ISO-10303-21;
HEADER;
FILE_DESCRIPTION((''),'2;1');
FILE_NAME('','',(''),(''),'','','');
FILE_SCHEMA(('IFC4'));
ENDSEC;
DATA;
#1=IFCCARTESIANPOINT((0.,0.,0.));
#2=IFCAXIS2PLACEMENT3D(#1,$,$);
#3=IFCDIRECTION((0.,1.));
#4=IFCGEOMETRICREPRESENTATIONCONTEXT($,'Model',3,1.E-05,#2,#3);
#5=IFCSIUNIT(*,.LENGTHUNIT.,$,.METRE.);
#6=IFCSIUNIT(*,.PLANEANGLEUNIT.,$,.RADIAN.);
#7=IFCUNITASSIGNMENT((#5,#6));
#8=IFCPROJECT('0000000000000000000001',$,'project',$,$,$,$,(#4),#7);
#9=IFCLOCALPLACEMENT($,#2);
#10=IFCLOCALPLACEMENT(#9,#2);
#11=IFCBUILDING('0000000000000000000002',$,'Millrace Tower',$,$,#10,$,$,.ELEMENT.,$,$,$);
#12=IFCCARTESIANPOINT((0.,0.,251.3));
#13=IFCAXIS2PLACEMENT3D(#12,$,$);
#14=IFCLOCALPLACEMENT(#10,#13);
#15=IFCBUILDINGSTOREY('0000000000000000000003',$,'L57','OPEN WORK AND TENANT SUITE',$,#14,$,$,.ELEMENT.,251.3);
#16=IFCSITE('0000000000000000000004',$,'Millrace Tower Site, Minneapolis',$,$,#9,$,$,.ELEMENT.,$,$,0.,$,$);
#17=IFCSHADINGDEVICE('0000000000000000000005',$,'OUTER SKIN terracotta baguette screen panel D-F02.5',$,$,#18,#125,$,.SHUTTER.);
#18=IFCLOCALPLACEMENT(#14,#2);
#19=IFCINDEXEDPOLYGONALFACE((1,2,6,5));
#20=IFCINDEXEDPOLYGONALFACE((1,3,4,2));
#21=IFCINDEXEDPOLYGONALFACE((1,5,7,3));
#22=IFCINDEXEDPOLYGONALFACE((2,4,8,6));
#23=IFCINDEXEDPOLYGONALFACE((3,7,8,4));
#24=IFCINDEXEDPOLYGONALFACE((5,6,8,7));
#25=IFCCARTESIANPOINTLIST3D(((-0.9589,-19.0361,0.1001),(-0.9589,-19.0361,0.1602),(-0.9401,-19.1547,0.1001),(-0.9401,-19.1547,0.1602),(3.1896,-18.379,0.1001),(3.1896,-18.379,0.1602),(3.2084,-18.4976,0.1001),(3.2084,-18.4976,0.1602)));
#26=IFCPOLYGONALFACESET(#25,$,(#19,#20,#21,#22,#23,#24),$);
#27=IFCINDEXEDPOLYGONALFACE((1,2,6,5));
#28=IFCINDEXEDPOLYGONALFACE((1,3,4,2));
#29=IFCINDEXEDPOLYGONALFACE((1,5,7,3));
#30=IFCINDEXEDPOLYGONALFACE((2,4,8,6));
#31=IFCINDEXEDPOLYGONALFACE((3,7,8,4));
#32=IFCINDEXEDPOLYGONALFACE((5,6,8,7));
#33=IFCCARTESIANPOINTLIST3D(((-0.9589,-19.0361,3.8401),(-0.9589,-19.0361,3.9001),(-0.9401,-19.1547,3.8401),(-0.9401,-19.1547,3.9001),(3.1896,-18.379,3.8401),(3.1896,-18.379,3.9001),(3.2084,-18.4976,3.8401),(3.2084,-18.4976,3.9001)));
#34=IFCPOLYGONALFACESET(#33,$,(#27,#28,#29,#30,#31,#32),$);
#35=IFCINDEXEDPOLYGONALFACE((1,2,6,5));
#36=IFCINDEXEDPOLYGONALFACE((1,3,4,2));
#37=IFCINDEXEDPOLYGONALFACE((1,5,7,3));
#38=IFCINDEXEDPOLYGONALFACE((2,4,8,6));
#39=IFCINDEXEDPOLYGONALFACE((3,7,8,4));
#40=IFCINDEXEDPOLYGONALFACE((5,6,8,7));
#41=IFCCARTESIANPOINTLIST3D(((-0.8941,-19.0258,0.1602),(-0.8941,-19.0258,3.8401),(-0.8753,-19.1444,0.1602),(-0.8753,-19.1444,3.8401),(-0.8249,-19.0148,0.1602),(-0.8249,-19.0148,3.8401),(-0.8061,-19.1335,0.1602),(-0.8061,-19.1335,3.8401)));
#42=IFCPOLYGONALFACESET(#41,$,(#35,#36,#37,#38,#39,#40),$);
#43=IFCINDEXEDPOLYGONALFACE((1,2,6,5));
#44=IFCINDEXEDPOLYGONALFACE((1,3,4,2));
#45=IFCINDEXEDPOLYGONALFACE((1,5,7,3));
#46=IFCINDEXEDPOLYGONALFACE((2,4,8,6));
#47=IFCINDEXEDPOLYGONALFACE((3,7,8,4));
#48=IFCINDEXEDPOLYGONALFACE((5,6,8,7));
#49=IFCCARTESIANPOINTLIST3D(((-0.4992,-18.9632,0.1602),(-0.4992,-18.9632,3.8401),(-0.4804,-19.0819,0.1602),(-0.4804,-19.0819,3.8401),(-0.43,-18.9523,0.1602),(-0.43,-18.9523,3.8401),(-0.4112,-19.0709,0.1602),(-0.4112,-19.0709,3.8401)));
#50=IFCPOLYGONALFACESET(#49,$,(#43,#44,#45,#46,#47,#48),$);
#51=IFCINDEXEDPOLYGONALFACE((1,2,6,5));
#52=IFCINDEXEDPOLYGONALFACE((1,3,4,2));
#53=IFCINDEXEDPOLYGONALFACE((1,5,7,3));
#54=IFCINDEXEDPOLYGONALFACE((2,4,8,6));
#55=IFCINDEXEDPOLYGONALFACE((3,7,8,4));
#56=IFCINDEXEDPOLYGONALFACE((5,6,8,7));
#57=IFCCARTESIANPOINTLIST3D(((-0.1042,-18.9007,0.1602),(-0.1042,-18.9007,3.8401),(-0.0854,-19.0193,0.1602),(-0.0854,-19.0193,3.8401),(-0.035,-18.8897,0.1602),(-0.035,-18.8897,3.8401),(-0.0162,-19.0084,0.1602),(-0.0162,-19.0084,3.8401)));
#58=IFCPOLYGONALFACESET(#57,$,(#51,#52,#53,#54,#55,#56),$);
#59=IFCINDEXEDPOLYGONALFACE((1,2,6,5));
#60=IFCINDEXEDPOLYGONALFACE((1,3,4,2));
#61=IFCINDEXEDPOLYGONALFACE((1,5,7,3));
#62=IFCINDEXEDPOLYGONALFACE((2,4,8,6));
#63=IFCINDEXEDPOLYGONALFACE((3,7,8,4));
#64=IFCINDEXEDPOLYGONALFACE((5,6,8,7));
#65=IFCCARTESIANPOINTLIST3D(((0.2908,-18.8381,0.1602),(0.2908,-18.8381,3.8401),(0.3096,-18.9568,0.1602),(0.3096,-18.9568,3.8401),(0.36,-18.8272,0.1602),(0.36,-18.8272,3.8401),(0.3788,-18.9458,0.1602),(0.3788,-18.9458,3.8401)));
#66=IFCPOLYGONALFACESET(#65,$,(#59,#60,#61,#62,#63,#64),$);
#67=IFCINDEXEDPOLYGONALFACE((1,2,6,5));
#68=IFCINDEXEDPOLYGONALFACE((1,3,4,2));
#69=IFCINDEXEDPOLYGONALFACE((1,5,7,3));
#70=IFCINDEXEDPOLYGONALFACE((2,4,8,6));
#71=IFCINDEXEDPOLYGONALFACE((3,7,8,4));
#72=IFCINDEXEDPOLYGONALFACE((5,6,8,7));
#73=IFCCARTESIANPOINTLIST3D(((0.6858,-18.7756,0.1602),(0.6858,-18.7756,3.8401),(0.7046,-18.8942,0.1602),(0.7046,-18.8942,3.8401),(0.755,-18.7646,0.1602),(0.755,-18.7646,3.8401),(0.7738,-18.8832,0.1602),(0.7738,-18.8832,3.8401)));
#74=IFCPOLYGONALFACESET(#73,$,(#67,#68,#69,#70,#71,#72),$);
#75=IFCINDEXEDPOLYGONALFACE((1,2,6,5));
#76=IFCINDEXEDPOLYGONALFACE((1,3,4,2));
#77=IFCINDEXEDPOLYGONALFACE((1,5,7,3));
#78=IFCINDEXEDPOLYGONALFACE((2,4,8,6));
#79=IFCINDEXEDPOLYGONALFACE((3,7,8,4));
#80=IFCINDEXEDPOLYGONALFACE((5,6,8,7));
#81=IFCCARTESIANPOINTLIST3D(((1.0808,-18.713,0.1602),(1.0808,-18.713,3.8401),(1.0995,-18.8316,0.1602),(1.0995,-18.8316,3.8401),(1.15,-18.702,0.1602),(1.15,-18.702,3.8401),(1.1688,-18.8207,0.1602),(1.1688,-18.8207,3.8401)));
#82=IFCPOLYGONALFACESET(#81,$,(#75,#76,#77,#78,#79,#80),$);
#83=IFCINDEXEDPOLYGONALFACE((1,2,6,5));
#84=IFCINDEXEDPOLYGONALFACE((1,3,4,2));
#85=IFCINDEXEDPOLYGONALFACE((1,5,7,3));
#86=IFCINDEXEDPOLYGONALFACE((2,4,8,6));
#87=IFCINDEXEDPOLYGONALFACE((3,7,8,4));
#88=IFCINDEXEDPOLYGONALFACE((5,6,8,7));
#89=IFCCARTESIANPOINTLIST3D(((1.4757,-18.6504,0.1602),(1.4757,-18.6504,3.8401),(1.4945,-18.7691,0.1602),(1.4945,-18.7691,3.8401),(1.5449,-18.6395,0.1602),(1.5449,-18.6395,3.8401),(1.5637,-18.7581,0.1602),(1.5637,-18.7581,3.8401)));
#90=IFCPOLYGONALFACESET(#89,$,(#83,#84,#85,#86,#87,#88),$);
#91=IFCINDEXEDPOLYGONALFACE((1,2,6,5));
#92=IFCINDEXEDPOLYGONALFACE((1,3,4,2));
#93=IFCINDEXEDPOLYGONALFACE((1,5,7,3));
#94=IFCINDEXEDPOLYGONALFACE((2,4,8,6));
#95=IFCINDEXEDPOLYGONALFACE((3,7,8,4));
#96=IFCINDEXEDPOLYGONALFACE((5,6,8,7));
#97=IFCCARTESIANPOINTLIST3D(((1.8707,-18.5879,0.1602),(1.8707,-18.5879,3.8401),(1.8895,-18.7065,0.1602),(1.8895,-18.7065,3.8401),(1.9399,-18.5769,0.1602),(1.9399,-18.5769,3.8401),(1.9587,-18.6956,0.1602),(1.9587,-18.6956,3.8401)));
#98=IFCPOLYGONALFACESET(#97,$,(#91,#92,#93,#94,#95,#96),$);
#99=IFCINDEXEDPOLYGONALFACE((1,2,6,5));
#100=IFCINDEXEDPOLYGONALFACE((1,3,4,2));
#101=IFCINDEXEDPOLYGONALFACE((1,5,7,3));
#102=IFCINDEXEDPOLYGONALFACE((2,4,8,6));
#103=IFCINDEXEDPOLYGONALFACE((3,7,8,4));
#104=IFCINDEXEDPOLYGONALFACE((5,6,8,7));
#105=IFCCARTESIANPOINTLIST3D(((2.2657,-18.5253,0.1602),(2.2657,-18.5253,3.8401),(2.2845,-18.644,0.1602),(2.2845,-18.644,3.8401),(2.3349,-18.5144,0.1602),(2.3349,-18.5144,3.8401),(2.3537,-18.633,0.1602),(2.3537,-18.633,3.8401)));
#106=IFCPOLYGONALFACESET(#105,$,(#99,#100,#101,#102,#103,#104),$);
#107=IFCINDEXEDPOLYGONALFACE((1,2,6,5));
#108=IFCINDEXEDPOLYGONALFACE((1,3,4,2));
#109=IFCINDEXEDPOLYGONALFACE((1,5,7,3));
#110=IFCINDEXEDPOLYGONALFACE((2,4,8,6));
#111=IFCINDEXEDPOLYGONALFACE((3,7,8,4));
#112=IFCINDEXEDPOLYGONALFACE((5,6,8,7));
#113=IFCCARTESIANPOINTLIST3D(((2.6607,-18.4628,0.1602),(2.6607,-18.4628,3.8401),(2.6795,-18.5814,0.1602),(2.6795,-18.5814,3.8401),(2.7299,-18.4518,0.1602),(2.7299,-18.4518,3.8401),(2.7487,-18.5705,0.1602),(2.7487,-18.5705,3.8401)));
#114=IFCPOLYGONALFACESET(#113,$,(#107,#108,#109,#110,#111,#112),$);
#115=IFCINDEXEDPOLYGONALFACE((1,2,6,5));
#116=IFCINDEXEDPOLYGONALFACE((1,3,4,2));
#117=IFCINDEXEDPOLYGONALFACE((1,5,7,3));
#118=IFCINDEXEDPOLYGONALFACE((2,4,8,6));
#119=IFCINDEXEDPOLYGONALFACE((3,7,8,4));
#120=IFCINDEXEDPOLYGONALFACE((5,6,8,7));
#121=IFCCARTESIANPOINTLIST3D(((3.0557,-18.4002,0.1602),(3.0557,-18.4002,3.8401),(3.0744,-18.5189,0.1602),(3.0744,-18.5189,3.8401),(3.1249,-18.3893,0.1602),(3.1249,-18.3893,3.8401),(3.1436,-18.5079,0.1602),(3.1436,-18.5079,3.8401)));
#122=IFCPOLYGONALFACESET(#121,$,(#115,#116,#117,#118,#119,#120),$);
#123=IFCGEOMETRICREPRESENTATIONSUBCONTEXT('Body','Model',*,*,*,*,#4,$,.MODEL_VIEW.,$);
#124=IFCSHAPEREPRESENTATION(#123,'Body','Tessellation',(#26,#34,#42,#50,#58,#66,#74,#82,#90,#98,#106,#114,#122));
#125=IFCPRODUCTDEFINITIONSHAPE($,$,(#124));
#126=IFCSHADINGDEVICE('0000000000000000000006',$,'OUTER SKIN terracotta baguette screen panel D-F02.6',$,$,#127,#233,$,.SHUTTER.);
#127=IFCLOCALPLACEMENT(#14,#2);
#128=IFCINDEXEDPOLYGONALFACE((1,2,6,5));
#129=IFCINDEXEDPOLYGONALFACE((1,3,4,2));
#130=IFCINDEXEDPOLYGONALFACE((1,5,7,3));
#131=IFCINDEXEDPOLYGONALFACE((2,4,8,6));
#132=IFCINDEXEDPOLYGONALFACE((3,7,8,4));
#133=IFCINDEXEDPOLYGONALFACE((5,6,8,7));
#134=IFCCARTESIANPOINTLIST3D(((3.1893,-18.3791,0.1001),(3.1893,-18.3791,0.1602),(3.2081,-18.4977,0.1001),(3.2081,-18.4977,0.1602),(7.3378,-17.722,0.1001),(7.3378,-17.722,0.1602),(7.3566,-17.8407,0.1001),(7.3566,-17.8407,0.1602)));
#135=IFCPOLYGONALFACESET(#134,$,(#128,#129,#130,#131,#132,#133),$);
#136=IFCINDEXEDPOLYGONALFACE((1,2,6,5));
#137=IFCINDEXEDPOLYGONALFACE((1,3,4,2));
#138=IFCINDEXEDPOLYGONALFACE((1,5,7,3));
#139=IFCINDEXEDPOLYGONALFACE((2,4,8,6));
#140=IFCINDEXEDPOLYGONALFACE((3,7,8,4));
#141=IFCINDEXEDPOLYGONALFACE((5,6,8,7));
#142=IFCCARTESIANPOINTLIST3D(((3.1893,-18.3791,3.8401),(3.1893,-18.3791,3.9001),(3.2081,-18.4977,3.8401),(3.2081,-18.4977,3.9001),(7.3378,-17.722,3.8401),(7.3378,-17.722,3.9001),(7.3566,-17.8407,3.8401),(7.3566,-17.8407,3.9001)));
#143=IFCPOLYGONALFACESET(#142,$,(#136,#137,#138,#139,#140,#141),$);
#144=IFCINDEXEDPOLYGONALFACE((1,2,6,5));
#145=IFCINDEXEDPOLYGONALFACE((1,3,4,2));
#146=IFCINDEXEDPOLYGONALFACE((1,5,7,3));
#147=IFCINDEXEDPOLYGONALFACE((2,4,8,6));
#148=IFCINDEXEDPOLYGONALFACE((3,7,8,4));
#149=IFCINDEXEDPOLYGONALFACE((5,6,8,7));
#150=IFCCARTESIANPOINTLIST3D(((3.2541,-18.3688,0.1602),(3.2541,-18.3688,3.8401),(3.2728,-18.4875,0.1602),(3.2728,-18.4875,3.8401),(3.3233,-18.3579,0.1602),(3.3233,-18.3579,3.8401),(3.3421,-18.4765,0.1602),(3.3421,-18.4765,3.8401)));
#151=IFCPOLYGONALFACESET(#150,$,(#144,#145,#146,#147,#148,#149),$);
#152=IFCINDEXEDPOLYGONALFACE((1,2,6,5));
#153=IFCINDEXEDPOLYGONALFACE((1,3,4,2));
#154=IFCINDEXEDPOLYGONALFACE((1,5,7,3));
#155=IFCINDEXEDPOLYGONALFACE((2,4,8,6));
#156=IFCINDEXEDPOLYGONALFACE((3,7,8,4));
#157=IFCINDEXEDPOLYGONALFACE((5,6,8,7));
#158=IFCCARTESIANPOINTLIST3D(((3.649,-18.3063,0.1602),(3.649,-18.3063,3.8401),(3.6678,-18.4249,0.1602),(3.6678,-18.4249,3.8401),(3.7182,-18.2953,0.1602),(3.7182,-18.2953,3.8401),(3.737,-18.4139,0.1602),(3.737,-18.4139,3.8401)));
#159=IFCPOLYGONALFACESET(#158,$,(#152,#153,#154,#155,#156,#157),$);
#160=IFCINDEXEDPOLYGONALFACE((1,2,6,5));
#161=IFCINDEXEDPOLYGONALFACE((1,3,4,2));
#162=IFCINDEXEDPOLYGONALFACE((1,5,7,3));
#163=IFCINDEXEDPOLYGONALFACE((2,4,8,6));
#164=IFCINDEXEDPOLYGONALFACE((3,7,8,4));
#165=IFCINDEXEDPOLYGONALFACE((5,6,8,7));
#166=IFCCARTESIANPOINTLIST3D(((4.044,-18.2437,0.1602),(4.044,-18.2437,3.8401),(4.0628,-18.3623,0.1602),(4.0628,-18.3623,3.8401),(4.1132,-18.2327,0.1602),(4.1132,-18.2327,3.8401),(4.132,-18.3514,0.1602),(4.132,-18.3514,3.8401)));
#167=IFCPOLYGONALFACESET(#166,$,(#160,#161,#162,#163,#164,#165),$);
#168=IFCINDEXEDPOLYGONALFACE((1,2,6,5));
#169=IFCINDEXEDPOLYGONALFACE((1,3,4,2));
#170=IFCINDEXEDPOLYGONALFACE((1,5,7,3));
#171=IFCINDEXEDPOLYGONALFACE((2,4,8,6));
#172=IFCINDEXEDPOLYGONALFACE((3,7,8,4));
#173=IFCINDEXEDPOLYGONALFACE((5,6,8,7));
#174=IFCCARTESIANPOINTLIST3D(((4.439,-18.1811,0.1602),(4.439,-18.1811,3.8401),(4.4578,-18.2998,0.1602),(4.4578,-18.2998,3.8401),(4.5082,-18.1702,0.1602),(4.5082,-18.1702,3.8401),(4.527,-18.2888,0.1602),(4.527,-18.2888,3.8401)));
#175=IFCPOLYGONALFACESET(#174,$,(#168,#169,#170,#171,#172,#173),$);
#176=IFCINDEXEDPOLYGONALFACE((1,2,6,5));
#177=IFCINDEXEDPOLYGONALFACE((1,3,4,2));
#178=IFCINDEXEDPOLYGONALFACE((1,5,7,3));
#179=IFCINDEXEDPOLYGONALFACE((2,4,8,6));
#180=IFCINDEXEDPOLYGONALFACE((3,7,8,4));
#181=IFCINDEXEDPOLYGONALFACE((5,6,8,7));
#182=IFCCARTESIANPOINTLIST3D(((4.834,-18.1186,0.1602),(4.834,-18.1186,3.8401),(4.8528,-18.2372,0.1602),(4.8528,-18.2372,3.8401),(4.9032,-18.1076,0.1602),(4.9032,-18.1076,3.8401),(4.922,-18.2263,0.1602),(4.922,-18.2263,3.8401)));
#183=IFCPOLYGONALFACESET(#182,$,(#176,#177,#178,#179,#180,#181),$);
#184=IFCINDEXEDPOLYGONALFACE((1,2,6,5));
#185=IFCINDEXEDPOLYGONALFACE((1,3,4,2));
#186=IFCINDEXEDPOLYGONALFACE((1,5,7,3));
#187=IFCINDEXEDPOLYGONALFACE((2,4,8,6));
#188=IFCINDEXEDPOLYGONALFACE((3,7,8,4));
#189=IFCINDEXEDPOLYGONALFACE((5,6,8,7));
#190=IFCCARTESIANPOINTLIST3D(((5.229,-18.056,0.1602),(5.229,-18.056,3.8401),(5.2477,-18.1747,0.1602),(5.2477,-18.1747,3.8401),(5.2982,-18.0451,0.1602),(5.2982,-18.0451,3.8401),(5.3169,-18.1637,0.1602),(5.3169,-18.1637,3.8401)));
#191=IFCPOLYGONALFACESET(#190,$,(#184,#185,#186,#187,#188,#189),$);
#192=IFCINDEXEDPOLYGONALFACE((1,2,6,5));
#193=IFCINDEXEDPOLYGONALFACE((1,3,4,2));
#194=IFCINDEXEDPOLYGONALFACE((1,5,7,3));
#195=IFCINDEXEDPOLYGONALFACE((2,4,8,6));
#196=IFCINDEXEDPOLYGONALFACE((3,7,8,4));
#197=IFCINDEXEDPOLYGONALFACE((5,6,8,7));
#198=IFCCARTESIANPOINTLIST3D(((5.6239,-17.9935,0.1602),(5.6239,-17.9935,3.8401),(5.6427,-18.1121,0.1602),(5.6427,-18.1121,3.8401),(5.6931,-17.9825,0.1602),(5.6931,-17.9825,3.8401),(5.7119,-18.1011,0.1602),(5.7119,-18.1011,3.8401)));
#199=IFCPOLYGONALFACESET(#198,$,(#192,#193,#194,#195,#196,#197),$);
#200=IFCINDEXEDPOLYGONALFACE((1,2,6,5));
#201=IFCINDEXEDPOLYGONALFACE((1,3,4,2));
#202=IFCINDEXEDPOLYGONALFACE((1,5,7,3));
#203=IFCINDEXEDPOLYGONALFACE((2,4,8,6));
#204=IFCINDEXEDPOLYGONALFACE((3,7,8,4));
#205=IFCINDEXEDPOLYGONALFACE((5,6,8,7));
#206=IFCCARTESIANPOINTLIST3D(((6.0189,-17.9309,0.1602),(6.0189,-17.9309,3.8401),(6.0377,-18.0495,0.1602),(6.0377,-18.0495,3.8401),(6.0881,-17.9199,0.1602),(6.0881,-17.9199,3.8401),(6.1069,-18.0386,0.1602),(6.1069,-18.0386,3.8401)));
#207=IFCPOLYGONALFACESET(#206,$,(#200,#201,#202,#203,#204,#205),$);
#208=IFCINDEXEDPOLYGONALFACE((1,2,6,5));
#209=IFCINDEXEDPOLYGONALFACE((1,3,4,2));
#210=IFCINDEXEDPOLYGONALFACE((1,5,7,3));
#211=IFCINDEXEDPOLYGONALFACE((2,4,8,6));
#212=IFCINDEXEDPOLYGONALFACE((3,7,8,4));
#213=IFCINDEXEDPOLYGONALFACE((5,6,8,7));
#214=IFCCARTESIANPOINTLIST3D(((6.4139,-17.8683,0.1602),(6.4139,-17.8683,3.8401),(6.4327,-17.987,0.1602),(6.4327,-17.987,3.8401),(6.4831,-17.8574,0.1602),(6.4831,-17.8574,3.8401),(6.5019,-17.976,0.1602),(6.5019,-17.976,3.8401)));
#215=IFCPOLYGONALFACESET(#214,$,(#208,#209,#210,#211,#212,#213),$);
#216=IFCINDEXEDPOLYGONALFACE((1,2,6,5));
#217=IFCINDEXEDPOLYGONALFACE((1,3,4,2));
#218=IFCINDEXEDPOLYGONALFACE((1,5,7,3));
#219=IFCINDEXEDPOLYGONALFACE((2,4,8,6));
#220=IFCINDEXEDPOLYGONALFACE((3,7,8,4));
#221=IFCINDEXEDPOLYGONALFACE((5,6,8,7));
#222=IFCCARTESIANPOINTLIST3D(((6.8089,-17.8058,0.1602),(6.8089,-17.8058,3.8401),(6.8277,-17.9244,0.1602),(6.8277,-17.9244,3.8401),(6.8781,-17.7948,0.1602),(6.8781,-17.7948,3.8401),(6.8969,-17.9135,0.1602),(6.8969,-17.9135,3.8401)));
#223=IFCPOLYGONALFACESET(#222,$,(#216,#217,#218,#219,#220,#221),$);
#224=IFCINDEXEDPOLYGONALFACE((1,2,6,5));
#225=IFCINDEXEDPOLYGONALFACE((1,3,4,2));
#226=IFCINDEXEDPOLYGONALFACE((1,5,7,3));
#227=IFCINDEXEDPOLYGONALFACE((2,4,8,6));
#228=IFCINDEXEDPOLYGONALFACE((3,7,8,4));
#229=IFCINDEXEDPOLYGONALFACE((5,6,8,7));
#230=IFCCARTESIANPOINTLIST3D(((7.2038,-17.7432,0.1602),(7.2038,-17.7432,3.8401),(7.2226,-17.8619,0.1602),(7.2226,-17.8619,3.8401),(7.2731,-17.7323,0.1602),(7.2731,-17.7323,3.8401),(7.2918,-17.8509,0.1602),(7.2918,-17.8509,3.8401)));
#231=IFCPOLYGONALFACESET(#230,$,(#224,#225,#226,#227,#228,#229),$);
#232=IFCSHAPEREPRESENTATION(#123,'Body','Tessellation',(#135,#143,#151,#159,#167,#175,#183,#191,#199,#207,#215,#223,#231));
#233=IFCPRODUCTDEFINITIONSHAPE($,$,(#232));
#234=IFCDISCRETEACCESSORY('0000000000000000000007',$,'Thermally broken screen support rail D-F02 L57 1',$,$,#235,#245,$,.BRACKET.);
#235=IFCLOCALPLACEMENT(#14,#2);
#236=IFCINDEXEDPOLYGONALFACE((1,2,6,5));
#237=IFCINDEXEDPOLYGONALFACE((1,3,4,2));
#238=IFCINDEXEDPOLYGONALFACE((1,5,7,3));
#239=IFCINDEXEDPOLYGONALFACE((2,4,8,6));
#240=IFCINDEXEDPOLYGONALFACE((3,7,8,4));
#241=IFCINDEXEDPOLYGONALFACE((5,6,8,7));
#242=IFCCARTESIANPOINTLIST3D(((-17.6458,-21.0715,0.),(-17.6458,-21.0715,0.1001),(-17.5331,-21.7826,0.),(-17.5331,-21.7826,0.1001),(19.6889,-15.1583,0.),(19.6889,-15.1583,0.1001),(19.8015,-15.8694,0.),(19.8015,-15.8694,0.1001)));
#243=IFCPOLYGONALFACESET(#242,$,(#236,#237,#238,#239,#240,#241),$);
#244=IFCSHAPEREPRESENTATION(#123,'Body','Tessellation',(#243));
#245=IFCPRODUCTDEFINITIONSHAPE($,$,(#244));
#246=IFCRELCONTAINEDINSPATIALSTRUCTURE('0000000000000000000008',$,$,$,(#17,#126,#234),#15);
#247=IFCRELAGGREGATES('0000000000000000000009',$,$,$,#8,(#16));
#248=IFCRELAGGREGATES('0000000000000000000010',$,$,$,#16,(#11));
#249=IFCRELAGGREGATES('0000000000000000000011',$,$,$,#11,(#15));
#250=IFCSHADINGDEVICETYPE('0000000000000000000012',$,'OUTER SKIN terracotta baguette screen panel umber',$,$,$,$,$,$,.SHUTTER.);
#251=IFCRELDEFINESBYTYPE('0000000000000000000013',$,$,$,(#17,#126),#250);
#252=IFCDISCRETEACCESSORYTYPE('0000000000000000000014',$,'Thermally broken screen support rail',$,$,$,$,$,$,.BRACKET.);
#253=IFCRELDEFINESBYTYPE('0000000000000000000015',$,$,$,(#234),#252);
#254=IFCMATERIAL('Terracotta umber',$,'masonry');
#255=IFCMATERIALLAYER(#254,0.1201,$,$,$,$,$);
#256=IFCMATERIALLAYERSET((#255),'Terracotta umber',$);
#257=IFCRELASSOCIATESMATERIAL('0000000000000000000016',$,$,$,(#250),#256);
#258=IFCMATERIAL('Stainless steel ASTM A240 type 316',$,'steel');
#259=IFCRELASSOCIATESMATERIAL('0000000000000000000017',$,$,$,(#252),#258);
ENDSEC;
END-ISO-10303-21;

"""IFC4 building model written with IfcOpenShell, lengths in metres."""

from ifc_helpers import new_model, entity, si_unit, direction, frame, frame_2d, origin, origin_2d, place, context, subcontext, project, spatial, rectangle, extrude, source, transform, mapped, material, layer, layer_set, type_object, element, save


model = new_model("IFC4")

# Units and contexts
model_context = context("Model", 3, precision=1e-05, world=origin(), true_north=direction((0.0, 1.0)))
body_context = subcontext(model_context, "Body", "Model", "MODEL_VIEW")
ifc_project = project(units=[si_unit("LENGTHUNIT", "METRE"), si_unit("PLANEANGLEUNIT", "RADIAN")], contexts=[model_context])

# Site, building, storey
site_placement = place(None, origin())
site = spatial("IfcSite", under=ifc_project, at=site_placement, Name="Millrace Tower Site, Minneapolis", CompositionType="ELEMENT", RefElevation=0.0)
building_placement = place(site_placement, origin())
building = spatial("IfcBuilding", under=site, at=building_placement, Name="Millrace Tower", CompositionType="ELEMENT")
storey_placement = place(building_placement, frame((0.0, 0.0, 251.3)))
storey = spatial("IfcBuildingStorey", under=building, at=storey_placement, Name="L57", Description="OPEN WORK AND TENANT SUITE", CompositionType="ELEMENT", Elevation=251.3)

# Shading devices
ifc_material_1 = material(Name="Terracotta umber", Category="masonry")
ifc_layer_1 = layer(ifc_material_1, 0.1201)
ifc_layer_set_1 = layer_set([ifc_layer_1], Name="Terracotta umber")
shading_device_type = type_object("IfcShadingDeviceType", Name="OUTER SKIN terracotta baguette screen panel umber", PredefinedType="SHUTTER", material=ifc_layer_set_1)
cartesian_point = entity("IfcCartesianPoint", [-2.1001, 0.0601])
shared_polyline = entity("IfcPolyline", [cartesian_point, entity("IfcCartesianPoint", [2.1001, 0.0601]), entity("IfcCartesianPoint", [2.1001, -0.0601]), entity("IfcCartesianPoint", [-2.1001, -0.0601]), cartesian_point])
shared_shape = source(origin(), body_context, "Body", "SweptSolid", [
    entity("IfcExtrudedAreaSolid", entity("IfcArbitraryClosedProfileDef", "AREA", None, shared_polyline), entity("IfcAxis2Placement3D", entity("IfcCartesianPoint", [0.0, 0.0, 0.0])), entity("IfcDirection", [0.0, 0.0, 1.0]), 0.0601),
    entity("IfcExtrudedAreaSolid", entity("IfcArbitraryClosedProfileDef", "AREA", None, shared_polyline), entity("IfcAxis2Placement3D", entity("IfcCartesianPoint", [0.0, 0.0, 3.74])), entity("IfcDirection", [0.0, 0.0, 1.0]), 0.0601),
    extrude(rectangle(XDim=0.0701, YDim=0.1201, at=frame_2d((-1.9995, 0.0))), frame((0.0, 0.0, 0.0601)), (0.0, 0.0, 1.0), 3.6799),
    extrude(rectangle(XDim=0.0701, YDim=0.1201, at=frame_2d((-1.5996, 0.0))), frame((0.0, 0.0, 0.0601)), (0.0, 0.0, 1.0), 3.6799),
    extrude(rectangle(XDim=0.0701, YDim=0.1201, at=frame_2d((-1.1997, 0.0))), frame((0.0, 0.0, 0.0601)), (0.0, 0.0, 1.0), 3.6799),
    extrude(rectangle(XDim=0.0701, YDim=0.1201, at=frame_2d((-0.7998, 0.0))), frame((0.0, 0.0, 0.0601)), (0.0, 0.0, 1.0), 3.6799),
    extrude(rectangle(XDim=0.0701, YDim=0.1201, at=frame_2d((-0.3999, 0.0))), frame((0.0, 0.0, 0.0601)), (0.0, 0.0, 1.0), 3.6799),
    extrude(rectangle(XDim=0.0701, YDim=0.1201, at=origin_2d()), frame((0.0, 0.0, 0.0601)), (0.0, 0.0, 1.0), 3.6799),
    extrude(rectangle(XDim=0.0701, YDim=0.1201, at=frame_2d((0.3999, 0.0))), frame((0.0, 0.0, 0.0601)), (0.0, 0.0, 1.0), 3.6799),
    extrude(rectangle(XDim=0.0701, YDim=0.1201, at=frame_2d((0.7998, 0.0))), frame((0.0, 0.0, 0.0601)), (0.0, 0.0, 1.0), 3.6799),
    extrude(rectangle(XDim=0.0701, YDim=0.1201, at=frame_2d((1.1997, 0.0))), frame((0.0, 0.0, 0.0601)), (0.0, 0.0, 1.0), 3.6799),
    extrude(rectangle(XDim=0.0701, YDim=0.1201, at=frame_2d((1.5996, 0.0))), frame((0.0, 0.0, 0.0601)), (0.0, 0.0, 1.0), 3.6799),
    extrude(rectangle(XDim=0.0701, YDim=0.1201, at=frame_2d((1.9995, 0.0))), frame((0.0, 0.0, 0.0601)), (0.0, 0.0, 1.0), 3.6799),
])
for number, where, z_axis, x_axis, name in (
    (1, (1.1248, -18.7668, 0.1001), (0.0, 0.0, 1.0), (0.987688, 0.156434, 0.0), "OUTER SKIN terracotta baguette screen panel D-F02.5"),
    (2, (5.2729, -18.1099, 0.1001), (0.0, 0.0, 1.0), (0.987688, 0.156434, 0.0), "OUTER SKIN terracotta baguette screen panel D-F02.6"),
):
    element("IfcShadingDevice", number, at=place(storey_placement, frame(where, z_axis=z_axis, x_axis=x_axis)), inside=storey, type_object=shading_device_type, Name=name, PredefinedType="SHUTTER", context=body_context, shape_type="MappedRepresentation", body=[
        mapped(shared_shape, transform((0.0, 0.0, 0.0), scale=1.0)),
    ])

# Discrete accessory
ifc_material_2 = material(Name="Stainless steel ASTM A240 type 316", Category="steel")
discrete_accessory_type = type_object("IfcDiscreteAccessoryType", Name="Thermally broken screen support rail", PredefinedType="BRACKET", material=ifc_material_2)
discrete_accessory_placement = place(storey_placement, frame((1.0779, -18.4705, 0.0), z_axis=(0.0, 0.0, 1.0), x_axis=(0.987688, 0.156434, 0.0)))
element("IfcDiscreteAccessory", 3, at=discrete_accessory_placement, inside=storey, type_object=discrete_accessory_type, Name="Thermally broken screen support rail D-F02 L57 1", PredefinedType="BRACKET", context=body_context, shape_type="SweptSolid", body=[
    extrude(rectangle(XDim=37.8, YDim=0.72, at=origin_2d()), origin(), (0.0, 0.0, 1.0), 0.1001),
])

save(model, "model.ifc")
